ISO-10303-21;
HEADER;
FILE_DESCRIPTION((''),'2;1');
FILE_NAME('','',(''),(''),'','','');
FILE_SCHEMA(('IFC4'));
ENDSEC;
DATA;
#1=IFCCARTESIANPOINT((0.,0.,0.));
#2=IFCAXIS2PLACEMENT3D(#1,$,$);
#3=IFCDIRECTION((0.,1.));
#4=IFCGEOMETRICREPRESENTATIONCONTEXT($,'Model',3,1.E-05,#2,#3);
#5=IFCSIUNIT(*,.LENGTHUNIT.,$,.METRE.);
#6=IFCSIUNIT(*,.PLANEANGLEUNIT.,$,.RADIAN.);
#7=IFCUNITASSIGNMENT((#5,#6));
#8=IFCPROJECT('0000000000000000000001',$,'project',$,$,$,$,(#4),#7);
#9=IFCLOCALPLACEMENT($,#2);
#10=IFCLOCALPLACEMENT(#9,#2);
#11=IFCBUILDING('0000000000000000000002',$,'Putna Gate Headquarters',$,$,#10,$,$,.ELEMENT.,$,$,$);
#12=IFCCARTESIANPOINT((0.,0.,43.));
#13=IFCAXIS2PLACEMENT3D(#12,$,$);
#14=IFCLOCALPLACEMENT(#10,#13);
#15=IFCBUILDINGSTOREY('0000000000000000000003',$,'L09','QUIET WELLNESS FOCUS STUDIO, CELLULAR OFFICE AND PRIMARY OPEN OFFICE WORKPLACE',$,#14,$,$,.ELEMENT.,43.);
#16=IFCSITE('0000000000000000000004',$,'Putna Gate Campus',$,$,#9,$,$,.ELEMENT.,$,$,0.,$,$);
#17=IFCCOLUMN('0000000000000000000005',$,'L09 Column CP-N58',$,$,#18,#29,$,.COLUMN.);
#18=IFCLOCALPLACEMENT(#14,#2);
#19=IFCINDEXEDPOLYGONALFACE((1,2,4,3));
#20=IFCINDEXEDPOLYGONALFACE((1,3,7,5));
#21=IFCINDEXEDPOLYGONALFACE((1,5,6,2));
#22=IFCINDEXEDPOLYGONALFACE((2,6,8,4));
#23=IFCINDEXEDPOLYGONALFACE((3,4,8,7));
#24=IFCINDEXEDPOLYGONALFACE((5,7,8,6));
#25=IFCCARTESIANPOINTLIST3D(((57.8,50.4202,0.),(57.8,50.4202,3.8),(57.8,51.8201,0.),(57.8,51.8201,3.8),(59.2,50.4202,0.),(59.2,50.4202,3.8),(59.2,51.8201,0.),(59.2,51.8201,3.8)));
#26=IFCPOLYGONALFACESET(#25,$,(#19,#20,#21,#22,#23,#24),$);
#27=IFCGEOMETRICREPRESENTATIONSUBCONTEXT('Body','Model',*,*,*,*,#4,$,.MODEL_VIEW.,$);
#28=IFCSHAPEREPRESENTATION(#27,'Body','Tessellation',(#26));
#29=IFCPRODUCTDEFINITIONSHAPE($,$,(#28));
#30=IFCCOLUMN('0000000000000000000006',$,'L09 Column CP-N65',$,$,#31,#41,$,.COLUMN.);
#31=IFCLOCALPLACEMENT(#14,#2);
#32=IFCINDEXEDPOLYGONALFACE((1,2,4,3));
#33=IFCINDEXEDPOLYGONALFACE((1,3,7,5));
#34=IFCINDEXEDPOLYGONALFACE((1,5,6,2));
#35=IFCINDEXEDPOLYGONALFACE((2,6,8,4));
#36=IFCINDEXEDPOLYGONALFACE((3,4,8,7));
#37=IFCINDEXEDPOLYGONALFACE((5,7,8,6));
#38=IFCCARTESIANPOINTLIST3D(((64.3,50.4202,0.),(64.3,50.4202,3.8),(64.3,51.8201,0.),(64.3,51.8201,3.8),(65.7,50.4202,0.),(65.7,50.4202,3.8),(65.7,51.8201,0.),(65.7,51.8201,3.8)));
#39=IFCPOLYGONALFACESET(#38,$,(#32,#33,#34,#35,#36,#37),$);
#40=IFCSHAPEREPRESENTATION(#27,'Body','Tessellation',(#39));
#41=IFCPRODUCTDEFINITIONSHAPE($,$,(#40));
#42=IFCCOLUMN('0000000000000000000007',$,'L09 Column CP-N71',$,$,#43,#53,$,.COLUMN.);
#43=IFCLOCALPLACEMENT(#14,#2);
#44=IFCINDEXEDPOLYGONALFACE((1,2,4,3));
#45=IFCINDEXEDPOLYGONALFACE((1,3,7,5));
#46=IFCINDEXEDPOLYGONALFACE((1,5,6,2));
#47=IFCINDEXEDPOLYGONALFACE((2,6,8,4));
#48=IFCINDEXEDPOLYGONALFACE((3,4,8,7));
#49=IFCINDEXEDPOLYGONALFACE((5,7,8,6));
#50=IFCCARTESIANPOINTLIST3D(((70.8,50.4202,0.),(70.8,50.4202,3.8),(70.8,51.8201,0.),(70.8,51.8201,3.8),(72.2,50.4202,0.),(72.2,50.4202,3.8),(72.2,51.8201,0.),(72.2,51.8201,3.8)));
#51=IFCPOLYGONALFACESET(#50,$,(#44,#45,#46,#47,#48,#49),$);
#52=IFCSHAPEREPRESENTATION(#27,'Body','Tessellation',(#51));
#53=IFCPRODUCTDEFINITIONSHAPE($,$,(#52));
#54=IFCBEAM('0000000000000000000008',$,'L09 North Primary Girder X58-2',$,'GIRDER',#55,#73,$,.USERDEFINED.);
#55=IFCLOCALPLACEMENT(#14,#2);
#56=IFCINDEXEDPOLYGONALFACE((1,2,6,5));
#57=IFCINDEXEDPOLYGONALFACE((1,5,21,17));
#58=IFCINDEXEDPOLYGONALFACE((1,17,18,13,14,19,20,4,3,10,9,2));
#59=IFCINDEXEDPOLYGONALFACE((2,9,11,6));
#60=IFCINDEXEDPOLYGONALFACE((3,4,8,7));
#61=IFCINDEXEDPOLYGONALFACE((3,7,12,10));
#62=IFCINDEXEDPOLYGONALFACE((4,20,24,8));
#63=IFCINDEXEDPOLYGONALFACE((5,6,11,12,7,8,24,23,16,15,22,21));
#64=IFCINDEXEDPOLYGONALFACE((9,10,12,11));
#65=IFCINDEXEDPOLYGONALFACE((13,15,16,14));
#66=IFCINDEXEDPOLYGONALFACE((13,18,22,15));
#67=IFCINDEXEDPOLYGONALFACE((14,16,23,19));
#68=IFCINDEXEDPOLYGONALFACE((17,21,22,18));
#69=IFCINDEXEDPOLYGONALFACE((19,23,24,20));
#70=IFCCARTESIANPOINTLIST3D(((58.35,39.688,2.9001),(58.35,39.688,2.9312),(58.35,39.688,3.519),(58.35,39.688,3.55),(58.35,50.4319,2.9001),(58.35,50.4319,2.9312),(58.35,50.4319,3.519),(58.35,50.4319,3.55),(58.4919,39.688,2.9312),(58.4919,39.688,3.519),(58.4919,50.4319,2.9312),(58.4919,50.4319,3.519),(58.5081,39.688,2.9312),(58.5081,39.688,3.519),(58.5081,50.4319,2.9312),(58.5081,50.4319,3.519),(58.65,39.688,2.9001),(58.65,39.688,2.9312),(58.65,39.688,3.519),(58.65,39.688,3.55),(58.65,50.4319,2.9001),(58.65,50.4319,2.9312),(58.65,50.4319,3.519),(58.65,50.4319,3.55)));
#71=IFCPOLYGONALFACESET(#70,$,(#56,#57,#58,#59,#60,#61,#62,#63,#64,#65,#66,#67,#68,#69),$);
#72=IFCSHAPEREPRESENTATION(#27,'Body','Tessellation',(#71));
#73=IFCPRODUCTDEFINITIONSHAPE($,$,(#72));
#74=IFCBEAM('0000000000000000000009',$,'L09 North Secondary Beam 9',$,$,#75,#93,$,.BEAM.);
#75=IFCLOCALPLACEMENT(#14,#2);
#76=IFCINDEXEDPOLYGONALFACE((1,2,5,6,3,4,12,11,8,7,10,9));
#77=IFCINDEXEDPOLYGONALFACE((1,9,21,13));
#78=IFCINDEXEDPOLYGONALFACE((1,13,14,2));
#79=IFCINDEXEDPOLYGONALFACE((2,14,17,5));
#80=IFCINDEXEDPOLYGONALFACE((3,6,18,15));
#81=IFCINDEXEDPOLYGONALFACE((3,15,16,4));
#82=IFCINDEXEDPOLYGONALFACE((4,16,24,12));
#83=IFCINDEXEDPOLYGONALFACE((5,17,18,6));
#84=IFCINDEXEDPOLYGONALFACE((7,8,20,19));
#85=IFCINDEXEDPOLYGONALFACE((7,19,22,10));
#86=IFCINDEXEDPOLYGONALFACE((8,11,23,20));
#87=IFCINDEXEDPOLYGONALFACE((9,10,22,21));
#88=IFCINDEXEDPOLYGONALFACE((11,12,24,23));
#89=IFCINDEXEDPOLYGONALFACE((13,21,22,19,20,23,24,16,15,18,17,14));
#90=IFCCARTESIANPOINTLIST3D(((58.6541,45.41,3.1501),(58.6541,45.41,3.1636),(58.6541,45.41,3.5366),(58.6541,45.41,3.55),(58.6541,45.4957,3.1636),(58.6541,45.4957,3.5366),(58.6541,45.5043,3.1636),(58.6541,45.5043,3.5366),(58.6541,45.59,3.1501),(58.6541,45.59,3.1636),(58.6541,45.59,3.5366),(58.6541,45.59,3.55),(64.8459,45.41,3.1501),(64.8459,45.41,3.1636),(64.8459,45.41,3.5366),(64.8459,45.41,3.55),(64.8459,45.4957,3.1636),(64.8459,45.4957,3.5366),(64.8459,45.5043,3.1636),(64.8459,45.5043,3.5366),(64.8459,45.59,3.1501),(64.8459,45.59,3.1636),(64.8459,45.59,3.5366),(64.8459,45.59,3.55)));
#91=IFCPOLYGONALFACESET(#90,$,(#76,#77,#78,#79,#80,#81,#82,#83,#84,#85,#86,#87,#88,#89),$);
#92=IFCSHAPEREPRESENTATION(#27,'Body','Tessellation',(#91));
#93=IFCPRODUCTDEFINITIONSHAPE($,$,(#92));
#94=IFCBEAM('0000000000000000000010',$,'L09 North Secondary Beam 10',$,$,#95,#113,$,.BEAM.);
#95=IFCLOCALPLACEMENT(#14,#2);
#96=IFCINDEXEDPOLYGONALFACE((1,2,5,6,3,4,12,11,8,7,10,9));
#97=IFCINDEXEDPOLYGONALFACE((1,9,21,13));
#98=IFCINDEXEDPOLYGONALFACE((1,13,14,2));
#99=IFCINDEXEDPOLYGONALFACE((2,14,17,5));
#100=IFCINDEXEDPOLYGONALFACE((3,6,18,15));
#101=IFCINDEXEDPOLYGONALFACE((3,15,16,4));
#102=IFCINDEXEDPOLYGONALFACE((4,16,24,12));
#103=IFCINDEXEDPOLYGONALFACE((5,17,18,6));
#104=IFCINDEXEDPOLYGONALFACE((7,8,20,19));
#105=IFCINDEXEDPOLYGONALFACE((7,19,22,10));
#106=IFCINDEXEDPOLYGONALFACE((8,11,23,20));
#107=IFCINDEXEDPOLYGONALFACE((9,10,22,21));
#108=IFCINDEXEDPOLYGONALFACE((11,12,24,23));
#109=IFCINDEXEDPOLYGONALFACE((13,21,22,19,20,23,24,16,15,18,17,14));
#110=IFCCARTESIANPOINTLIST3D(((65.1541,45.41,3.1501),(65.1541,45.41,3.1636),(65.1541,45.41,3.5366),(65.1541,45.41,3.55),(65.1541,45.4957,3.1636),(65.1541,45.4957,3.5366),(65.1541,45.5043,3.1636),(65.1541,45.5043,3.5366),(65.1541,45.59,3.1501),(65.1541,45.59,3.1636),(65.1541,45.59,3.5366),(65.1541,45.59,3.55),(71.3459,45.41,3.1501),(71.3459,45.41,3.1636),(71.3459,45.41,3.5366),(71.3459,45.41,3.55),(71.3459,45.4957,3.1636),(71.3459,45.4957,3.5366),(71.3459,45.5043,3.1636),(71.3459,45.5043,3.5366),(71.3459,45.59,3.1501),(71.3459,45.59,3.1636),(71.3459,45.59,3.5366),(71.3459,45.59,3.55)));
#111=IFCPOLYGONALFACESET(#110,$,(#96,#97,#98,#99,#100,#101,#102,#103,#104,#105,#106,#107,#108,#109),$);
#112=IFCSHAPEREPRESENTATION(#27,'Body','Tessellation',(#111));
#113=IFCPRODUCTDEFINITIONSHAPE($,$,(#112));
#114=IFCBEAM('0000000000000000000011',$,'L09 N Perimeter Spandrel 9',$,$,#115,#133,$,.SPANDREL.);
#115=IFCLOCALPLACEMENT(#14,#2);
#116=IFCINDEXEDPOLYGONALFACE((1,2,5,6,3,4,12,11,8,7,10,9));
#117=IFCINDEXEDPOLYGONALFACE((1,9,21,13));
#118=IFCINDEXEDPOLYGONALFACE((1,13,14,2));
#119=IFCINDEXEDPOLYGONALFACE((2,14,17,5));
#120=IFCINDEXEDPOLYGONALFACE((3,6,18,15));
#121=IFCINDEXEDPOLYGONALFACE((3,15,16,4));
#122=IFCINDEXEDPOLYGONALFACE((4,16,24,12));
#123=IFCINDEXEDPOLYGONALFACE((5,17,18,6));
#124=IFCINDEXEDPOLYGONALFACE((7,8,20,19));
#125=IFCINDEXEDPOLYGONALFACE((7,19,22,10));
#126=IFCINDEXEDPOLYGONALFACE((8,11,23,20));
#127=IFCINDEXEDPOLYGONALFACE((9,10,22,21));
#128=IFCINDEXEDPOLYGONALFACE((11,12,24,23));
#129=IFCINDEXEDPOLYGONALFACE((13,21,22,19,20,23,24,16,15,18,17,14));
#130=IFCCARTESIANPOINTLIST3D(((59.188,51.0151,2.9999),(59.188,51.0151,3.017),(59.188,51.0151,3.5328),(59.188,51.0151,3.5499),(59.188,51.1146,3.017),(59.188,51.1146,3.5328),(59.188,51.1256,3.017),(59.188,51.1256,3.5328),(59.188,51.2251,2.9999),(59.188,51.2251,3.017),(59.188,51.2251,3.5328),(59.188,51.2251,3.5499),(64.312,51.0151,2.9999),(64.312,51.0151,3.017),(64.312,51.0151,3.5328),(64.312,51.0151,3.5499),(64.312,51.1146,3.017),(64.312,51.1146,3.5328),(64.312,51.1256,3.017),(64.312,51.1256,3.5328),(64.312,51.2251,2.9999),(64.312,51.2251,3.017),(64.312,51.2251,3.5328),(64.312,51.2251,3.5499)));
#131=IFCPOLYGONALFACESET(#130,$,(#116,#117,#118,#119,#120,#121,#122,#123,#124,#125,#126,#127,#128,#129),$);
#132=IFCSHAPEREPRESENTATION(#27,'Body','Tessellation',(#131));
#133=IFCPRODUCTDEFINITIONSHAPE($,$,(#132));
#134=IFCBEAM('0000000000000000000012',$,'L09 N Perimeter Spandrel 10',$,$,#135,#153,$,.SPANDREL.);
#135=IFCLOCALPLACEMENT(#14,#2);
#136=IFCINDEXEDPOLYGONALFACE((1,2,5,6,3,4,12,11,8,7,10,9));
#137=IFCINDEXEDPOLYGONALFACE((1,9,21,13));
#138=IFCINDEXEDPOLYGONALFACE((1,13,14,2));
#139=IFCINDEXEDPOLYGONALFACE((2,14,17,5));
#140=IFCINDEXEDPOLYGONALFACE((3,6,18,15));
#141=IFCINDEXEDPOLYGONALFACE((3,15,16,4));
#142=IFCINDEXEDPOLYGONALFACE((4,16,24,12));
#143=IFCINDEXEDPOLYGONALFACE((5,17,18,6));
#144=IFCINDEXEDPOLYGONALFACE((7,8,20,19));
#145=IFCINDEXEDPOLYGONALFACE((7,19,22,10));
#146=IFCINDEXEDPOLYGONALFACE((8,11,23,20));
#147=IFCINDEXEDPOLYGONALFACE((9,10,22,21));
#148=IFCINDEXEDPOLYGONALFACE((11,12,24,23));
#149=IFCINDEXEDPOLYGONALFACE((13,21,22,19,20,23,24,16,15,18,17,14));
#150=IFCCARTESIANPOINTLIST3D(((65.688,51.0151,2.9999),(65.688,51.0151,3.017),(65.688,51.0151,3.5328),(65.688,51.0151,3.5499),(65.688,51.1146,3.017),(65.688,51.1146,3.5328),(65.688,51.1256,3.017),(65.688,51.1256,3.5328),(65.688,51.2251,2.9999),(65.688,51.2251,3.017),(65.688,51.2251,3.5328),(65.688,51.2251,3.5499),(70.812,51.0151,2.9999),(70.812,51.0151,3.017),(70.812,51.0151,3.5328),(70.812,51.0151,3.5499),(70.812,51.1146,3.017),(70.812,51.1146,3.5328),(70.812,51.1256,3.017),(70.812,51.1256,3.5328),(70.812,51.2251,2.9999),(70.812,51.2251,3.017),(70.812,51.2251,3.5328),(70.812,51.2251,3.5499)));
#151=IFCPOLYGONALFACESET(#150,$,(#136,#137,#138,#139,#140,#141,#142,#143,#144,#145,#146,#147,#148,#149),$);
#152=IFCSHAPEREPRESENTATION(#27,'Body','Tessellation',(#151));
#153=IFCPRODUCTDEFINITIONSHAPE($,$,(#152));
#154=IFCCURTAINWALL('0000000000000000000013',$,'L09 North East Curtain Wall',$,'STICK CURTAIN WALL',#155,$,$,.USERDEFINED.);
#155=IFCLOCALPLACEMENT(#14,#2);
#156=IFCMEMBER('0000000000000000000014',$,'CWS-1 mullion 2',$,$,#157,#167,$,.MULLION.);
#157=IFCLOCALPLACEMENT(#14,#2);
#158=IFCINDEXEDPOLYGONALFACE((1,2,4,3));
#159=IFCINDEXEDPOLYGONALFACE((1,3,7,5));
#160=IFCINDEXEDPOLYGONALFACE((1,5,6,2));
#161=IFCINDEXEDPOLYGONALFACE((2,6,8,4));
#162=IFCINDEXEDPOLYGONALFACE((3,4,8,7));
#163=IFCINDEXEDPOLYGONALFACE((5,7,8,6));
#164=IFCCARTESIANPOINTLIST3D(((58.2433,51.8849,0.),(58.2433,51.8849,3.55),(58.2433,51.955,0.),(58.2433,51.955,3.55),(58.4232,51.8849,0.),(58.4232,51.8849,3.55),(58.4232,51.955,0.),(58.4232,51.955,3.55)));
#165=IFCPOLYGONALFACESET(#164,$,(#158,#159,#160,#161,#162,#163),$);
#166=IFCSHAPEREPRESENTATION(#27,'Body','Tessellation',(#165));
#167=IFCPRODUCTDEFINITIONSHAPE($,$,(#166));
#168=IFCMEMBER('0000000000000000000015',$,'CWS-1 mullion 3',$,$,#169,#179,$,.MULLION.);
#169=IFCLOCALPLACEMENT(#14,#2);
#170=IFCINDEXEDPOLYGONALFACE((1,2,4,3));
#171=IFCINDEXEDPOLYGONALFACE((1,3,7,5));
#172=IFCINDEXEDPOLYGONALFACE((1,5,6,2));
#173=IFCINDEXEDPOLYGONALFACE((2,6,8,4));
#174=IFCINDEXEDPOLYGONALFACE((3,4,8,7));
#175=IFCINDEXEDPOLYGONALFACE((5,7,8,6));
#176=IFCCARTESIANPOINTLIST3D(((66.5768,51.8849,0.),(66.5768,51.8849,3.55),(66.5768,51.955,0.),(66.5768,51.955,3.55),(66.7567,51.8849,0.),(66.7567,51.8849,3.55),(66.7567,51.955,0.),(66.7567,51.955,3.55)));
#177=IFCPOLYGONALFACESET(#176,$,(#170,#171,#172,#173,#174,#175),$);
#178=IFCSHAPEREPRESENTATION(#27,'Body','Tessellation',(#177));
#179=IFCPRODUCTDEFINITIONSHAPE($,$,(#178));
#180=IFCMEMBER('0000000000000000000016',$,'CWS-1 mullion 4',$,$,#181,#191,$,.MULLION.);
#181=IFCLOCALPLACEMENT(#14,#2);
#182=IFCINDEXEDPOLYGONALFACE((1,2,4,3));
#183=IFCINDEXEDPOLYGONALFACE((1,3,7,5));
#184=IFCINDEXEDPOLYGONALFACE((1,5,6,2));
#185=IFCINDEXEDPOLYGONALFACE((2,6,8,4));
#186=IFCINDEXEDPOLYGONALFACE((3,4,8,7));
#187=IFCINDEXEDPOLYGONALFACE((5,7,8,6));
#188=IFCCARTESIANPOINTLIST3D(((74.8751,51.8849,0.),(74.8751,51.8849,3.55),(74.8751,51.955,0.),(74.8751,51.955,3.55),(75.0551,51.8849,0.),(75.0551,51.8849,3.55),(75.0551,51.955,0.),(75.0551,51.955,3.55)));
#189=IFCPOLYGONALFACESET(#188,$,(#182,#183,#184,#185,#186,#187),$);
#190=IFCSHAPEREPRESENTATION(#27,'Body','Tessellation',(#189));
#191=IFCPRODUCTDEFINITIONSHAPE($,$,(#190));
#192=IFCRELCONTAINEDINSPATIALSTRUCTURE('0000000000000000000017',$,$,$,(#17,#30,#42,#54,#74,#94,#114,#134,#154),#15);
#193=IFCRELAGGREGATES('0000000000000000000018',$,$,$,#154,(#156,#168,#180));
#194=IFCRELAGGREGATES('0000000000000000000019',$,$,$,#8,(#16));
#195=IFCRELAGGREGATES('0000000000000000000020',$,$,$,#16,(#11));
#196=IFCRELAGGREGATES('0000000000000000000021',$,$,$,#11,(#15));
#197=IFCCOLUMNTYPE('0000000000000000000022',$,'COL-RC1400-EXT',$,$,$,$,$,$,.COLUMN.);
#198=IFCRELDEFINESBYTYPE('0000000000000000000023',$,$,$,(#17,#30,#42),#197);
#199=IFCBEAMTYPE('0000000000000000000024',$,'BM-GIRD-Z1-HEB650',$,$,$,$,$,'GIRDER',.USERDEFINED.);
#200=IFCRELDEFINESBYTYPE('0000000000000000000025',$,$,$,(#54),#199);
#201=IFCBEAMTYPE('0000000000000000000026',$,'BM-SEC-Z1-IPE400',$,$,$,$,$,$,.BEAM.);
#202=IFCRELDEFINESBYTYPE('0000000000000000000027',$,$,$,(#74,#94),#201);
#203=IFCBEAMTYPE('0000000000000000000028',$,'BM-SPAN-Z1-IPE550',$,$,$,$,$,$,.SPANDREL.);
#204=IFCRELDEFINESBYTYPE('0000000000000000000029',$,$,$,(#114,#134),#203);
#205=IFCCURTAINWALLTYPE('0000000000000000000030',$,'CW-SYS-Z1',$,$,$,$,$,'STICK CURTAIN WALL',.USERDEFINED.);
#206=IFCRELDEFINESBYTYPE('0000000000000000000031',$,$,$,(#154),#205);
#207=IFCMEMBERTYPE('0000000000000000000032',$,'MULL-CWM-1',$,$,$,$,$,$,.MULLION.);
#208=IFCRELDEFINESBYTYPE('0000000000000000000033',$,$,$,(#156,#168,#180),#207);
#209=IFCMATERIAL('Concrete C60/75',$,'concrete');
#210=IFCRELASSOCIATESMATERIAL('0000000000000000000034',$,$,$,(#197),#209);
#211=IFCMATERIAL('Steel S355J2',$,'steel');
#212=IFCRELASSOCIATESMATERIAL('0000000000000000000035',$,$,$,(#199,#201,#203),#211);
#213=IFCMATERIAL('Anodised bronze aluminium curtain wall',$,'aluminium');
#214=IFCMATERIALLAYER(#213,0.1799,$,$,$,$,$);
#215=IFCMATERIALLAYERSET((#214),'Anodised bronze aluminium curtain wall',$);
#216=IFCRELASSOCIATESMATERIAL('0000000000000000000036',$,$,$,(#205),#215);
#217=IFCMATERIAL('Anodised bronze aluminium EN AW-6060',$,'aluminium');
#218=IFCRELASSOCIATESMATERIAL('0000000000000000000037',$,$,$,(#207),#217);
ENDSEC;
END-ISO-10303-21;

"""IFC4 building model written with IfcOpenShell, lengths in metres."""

from ifc_helpers import new_model, si_unit, direction, frame, origin, origin_2d, place, context, subcontext, project, spatial, rectangle, i_section, extrude, material, layer, layer_set, material_profile, profile_set, type_object, element, aggregate, save


model = new_model("IFC4")

# Units and contexts
model_context = context("Model", 3, precision=1e-05, world=origin(), true_north=direction((0.0, 1.0)))
body_context = subcontext(model_context, "Body", "Model", "MODEL_VIEW")
ifc_project = project(units=[si_unit("LENGTHUNIT", "METRE"), si_unit("PLANEANGLEUNIT", "RADIAN")], contexts=[model_context])

# Site, building, storey
site_placement = place(None, origin())
site = spatial("IfcSite", under=ifc_project, at=site_placement, Name="Putna Gate Campus", CompositionType="ELEMENT", RefElevation=0.0)
building_placement = place(site_placement, origin())
building = spatial("IfcBuilding", under=site, at=building_placement, Name="Putna Gate Headquarters", CompositionType="ELEMENT")
storey_placement = place(building_placement, frame((0.0, 0.0, 43.0)))
storey = spatial("IfcBuildingStorey", under=building, at=storey_placement, Name="L09", Description="QUIET WELLNESS FOCUS STUDIO, CELLULAR OFFICE AND PRIMARY OPEN OFFICE WORKPLACE", CompositionType="ELEMENT", Elevation=43.0)

# Columns
ifc_material_1 = material(Name="Concrete C60/75", Category="concrete")
ifc_material_profile_1 = material_profile(ifc_material_1, rectangle(XDim=1.3999, YDim=1.3999, at=origin_2d()), Name="Concrete C60/75")
ifc_profile_set_1 = profile_set([ifc_material_profile_1], Name="Concrete C60/75")
column_type = type_object("IfcColumnType", Name="COL-RC1400-EXT", PredefinedType="COLUMN", material=ifc_profile_set_1)
for number, where, z_axis, x_axis, name in (
    (1, (58.5, 51.1201, 0.0), (0.0, 0.0, 1.0), (1.0, 0.0, 0.0), "L09 Column CP-N58"),
    (2, (65.0, 51.1201, 0.0), (0.0, 0.0, 1.0), (1.0, 0.0, 0.0), "L09 Column CP-N65"),
    (3, (71.5, 51.1201, 0.0), (0.0, 0.0, 1.0), (1.0, 0.0, 0.0), "L09 Column CP-N71"),
):
    element("IfcColumn", number, at=place(storey_placement, frame(where, z_axis=z_axis, x_axis=x_axis)), inside=storey, type_object=column_type, Name=name, PredefinedType="COLUMN", context=body_context, shape_type="SweptSolid", body=[
        extrude(rectangle(XDim=1.3999, YDim=1.3999, at=origin_2d()), origin(), (0.0, 0.0, 1.0), 3.8),
    ])

# Beams
ifc_material_2 = material(Name="Steel S355J2", Category="steel")
ifc_material_profile_2 = material_profile(ifc_material_2, i_section(OverallWidth=0.3, OverallDepth=0.6499, WebThickness=0.0161, FlangeThickness=0.031, at=origin_2d()), Name="Steel S355J2")
ifc_profile_set_2 = profile_set([ifc_material_profile_2], Name="Steel S355J2")
beam_type_1 = type_object("IfcBeamType", Name="BM-GIRD-Z1-HEB650", ElementType="GIRDER", PredefinedType="USERDEFINED", material=ifc_profile_set_2)
beam_placement = place(storey_placement, frame((58.5, 39.688, 3.2251), z_axis=(0.0, 1.0, 0.0), x_axis=(-1.0, 0.0, 0.0)))
element("IfcBeam", 4, at=beam_placement, inside=storey, type_object=beam_type_1, Name="L09 North Primary Girder X58-2", ObjectType="GIRDER", PredefinedType="USERDEFINED", context=body_context, shape_type="SweptSolid", body=[
    extrude(i_section(OverallWidth=0.3, OverallDepth=0.6499, WebThickness=0.0161, FlangeThickness=0.031, at=origin_2d()), origin(), (0.0, 0.0, 1.0), 10.7439),
])
ifc_material_profile_3 = material_profile(ifc_material_2, i_section(OverallWidth=0.1799, OverallDepth=0.3999, WebThickness=0.0085, FlangeThickness=0.0134, at=origin_2d()), Name="Steel S355J2")
ifc_profile_set_3 = profile_set([ifc_material_profile_3], Name="Steel S355J2")
beam_type_2 = type_object("IfcBeamType", Name="BM-SEC-Z1-IPE400", PredefinedType="BEAM", material=ifc_profile_set_3)
for number, where, z_axis, x_axis, name in (
    (5, (58.6541, 45.5, 3.3501), (1.0, 0.0, 0.0), (0.0, 1.0, 0.0), "L09 North Secondary Beam 9"),
    (6, (65.1541, 45.5, 3.3501), (1.0, 0.0, 0.0), (0.0, 1.0, 0.0), "L09 North Secondary Beam 10"),
):
    element("IfcBeam", number, at=place(storey_placement, frame(where, z_axis=z_axis, x_axis=x_axis)), inside=storey, type_object=beam_type_2, Name=name, PredefinedType="BEAM", context=body_context, shape_type="SweptSolid", body=[
        extrude(i_section(OverallWidth=0.1799, OverallDepth=0.3999, WebThickness=0.0085, FlangeThickness=0.0134, at=origin_2d()), origin(), (0.0, 0.0, 1.0), 6.1919),
    ])
ifc_material_profile_4 = material_profile(ifc_material_2, i_section(OverallWidth=0.21, OverallDepth=0.55, WebThickness=0.011, FlangeThickness=0.0171, at=origin_2d()), Name="Steel S355J2")
ifc_profile_set_4 = profile_set([ifc_material_profile_4], Name="Steel S355J2")
beam_type_3 = type_object("IfcBeamType", Name="BM-SPAN-Z1-IPE550", PredefinedType="SPANDREL", material=ifc_profile_set_4)
for number, where, z_axis, x_axis, name in (
    (7, (59.188, 51.1201, 3.2749), (1.0, 0.0, 0.0), (0.0, 1.0, 0.0), "L09 N Perimeter Spandrel 9"),
    (8, (65.688, 51.1201, 3.2749), (1.0, 0.0, 0.0), (0.0, 1.0, 0.0), "L09 N Perimeter Spandrel 10"),
):
    element("IfcBeam", number, at=place(storey_placement, frame(where, z_axis=z_axis, x_axis=x_axis)), inside=storey, type_object=beam_type_3, Name=name, PredefinedType="SPANDREL", context=body_context, shape_type="SweptSolid", body=[
        extrude(i_section(OverallWidth=0.21, OverallDepth=0.55, WebThickness=0.011, FlangeThickness=0.0171, at=origin_2d()), origin(), (0.0, 0.0, 1.0), 5.124),
    ])

# Curtain wall, members
ifc_material_3 = material(Name="Anodised bronze aluminium curtain wall", Category="aluminium")
ifc_layer_1 = layer(ifc_material_3, 0.1799)
ifc_layer_set_1 = layer_set([ifc_layer_1], Name="Anodised bronze aluminium curtain wall")
curtain_wall_type = type_object("IfcCurtainWallType", Name="CW-SYS-Z1", ElementType="STICK CURTAIN WALL", PredefinedType="USERDEFINED", material=ifc_layer_set_1)
curtain_wall_1_placement = place(storey_placement, origin())
curtain_wall_1 = element("IfcCurtainWall", 9, at=curtain_wall_1_placement, inside=storey, type_object=curtain_wall_type, Name="L09 North East Curtain Wall", ObjectType="STICK CURTAIN WALL", PredefinedType="USERDEFINED")
ifc_material_4 = material(Name="Anodised bronze aluminium EN AW-6060", Category="aluminium")
ifc_material_profile_5 = material_profile(ifc_material_4, rectangle(XDim=0.0701, YDim=0.1799, at=origin_2d()), Name="Anodised bronze aluminium EN AW-6060")
ifc_profile_set_5 = profile_set([ifc_material_profile_5], Name="Anodised bronze aluminium EN AW-6060")
member_type_1 = type_object("IfcMemberType", Name="MULL-CWM-1", PredefinedType="MULLION", material=ifc_profile_set_5)
member_1_placement = place(storey_placement, frame((58.3333, 51.9199, 0.0), z_axis=(0.0, 0.0, 1.0), x_axis=(0.0, 1.0, 0.0)))
member_1 = element("IfcMember", 10, at=member_1_placement, type_object=member_type_1, Name="CWS-1 mullion 2", PredefinedType="MULLION", context=body_context, shape_type="SweptSolid", body=[
    extrude(rectangle(XDim=0.0701, YDim=0.1799, at=origin_2d()), origin(), (0.0, 0.0, 1.0), 3.55),
])
member_2_placement = place(storey_placement, frame((66.6667, 51.9199, 0.0), z_axis=(0.0, 0.0, 1.0), x_axis=(0.0, 1.0, 0.0)))
member_2 = element("IfcMember", 11, at=member_2_placement, type_object=member_type_1, Name="CWS-1 mullion 3", PredefinedType="MULLION", context=body_context, shape_type="SweptSolid", body=[
    extrude(rectangle(XDim=0.0701, YDim=0.1799, at=origin_2d()), origin(), (0.0, 0.0, 1.0), 3.55),
])
member_3_placement = place(storey_placement, frame((74.9651, 51.9199, 0.0), z_axis=(0.0, 0.0, 1.0), x_axis=(0.0, 1.0, 0.0)))
member_3 = element("IfcMember", 12, at=member_3_placement, type_object=member_type_1, Name="CWS-1 mullion 4", PredefinedType="MULLION", context=body_context, shape_type="SweptSolid", body=[
    extrude(rectangle(XDim=0.0701, YDim=0.1799, at=origin_2d()), origin(), (0.0, 0.0, 1.0), 3.55),
])

aggregate(curtain_wall_1, [member_1, member_2, member_3])

save(model, "model.ifc")
